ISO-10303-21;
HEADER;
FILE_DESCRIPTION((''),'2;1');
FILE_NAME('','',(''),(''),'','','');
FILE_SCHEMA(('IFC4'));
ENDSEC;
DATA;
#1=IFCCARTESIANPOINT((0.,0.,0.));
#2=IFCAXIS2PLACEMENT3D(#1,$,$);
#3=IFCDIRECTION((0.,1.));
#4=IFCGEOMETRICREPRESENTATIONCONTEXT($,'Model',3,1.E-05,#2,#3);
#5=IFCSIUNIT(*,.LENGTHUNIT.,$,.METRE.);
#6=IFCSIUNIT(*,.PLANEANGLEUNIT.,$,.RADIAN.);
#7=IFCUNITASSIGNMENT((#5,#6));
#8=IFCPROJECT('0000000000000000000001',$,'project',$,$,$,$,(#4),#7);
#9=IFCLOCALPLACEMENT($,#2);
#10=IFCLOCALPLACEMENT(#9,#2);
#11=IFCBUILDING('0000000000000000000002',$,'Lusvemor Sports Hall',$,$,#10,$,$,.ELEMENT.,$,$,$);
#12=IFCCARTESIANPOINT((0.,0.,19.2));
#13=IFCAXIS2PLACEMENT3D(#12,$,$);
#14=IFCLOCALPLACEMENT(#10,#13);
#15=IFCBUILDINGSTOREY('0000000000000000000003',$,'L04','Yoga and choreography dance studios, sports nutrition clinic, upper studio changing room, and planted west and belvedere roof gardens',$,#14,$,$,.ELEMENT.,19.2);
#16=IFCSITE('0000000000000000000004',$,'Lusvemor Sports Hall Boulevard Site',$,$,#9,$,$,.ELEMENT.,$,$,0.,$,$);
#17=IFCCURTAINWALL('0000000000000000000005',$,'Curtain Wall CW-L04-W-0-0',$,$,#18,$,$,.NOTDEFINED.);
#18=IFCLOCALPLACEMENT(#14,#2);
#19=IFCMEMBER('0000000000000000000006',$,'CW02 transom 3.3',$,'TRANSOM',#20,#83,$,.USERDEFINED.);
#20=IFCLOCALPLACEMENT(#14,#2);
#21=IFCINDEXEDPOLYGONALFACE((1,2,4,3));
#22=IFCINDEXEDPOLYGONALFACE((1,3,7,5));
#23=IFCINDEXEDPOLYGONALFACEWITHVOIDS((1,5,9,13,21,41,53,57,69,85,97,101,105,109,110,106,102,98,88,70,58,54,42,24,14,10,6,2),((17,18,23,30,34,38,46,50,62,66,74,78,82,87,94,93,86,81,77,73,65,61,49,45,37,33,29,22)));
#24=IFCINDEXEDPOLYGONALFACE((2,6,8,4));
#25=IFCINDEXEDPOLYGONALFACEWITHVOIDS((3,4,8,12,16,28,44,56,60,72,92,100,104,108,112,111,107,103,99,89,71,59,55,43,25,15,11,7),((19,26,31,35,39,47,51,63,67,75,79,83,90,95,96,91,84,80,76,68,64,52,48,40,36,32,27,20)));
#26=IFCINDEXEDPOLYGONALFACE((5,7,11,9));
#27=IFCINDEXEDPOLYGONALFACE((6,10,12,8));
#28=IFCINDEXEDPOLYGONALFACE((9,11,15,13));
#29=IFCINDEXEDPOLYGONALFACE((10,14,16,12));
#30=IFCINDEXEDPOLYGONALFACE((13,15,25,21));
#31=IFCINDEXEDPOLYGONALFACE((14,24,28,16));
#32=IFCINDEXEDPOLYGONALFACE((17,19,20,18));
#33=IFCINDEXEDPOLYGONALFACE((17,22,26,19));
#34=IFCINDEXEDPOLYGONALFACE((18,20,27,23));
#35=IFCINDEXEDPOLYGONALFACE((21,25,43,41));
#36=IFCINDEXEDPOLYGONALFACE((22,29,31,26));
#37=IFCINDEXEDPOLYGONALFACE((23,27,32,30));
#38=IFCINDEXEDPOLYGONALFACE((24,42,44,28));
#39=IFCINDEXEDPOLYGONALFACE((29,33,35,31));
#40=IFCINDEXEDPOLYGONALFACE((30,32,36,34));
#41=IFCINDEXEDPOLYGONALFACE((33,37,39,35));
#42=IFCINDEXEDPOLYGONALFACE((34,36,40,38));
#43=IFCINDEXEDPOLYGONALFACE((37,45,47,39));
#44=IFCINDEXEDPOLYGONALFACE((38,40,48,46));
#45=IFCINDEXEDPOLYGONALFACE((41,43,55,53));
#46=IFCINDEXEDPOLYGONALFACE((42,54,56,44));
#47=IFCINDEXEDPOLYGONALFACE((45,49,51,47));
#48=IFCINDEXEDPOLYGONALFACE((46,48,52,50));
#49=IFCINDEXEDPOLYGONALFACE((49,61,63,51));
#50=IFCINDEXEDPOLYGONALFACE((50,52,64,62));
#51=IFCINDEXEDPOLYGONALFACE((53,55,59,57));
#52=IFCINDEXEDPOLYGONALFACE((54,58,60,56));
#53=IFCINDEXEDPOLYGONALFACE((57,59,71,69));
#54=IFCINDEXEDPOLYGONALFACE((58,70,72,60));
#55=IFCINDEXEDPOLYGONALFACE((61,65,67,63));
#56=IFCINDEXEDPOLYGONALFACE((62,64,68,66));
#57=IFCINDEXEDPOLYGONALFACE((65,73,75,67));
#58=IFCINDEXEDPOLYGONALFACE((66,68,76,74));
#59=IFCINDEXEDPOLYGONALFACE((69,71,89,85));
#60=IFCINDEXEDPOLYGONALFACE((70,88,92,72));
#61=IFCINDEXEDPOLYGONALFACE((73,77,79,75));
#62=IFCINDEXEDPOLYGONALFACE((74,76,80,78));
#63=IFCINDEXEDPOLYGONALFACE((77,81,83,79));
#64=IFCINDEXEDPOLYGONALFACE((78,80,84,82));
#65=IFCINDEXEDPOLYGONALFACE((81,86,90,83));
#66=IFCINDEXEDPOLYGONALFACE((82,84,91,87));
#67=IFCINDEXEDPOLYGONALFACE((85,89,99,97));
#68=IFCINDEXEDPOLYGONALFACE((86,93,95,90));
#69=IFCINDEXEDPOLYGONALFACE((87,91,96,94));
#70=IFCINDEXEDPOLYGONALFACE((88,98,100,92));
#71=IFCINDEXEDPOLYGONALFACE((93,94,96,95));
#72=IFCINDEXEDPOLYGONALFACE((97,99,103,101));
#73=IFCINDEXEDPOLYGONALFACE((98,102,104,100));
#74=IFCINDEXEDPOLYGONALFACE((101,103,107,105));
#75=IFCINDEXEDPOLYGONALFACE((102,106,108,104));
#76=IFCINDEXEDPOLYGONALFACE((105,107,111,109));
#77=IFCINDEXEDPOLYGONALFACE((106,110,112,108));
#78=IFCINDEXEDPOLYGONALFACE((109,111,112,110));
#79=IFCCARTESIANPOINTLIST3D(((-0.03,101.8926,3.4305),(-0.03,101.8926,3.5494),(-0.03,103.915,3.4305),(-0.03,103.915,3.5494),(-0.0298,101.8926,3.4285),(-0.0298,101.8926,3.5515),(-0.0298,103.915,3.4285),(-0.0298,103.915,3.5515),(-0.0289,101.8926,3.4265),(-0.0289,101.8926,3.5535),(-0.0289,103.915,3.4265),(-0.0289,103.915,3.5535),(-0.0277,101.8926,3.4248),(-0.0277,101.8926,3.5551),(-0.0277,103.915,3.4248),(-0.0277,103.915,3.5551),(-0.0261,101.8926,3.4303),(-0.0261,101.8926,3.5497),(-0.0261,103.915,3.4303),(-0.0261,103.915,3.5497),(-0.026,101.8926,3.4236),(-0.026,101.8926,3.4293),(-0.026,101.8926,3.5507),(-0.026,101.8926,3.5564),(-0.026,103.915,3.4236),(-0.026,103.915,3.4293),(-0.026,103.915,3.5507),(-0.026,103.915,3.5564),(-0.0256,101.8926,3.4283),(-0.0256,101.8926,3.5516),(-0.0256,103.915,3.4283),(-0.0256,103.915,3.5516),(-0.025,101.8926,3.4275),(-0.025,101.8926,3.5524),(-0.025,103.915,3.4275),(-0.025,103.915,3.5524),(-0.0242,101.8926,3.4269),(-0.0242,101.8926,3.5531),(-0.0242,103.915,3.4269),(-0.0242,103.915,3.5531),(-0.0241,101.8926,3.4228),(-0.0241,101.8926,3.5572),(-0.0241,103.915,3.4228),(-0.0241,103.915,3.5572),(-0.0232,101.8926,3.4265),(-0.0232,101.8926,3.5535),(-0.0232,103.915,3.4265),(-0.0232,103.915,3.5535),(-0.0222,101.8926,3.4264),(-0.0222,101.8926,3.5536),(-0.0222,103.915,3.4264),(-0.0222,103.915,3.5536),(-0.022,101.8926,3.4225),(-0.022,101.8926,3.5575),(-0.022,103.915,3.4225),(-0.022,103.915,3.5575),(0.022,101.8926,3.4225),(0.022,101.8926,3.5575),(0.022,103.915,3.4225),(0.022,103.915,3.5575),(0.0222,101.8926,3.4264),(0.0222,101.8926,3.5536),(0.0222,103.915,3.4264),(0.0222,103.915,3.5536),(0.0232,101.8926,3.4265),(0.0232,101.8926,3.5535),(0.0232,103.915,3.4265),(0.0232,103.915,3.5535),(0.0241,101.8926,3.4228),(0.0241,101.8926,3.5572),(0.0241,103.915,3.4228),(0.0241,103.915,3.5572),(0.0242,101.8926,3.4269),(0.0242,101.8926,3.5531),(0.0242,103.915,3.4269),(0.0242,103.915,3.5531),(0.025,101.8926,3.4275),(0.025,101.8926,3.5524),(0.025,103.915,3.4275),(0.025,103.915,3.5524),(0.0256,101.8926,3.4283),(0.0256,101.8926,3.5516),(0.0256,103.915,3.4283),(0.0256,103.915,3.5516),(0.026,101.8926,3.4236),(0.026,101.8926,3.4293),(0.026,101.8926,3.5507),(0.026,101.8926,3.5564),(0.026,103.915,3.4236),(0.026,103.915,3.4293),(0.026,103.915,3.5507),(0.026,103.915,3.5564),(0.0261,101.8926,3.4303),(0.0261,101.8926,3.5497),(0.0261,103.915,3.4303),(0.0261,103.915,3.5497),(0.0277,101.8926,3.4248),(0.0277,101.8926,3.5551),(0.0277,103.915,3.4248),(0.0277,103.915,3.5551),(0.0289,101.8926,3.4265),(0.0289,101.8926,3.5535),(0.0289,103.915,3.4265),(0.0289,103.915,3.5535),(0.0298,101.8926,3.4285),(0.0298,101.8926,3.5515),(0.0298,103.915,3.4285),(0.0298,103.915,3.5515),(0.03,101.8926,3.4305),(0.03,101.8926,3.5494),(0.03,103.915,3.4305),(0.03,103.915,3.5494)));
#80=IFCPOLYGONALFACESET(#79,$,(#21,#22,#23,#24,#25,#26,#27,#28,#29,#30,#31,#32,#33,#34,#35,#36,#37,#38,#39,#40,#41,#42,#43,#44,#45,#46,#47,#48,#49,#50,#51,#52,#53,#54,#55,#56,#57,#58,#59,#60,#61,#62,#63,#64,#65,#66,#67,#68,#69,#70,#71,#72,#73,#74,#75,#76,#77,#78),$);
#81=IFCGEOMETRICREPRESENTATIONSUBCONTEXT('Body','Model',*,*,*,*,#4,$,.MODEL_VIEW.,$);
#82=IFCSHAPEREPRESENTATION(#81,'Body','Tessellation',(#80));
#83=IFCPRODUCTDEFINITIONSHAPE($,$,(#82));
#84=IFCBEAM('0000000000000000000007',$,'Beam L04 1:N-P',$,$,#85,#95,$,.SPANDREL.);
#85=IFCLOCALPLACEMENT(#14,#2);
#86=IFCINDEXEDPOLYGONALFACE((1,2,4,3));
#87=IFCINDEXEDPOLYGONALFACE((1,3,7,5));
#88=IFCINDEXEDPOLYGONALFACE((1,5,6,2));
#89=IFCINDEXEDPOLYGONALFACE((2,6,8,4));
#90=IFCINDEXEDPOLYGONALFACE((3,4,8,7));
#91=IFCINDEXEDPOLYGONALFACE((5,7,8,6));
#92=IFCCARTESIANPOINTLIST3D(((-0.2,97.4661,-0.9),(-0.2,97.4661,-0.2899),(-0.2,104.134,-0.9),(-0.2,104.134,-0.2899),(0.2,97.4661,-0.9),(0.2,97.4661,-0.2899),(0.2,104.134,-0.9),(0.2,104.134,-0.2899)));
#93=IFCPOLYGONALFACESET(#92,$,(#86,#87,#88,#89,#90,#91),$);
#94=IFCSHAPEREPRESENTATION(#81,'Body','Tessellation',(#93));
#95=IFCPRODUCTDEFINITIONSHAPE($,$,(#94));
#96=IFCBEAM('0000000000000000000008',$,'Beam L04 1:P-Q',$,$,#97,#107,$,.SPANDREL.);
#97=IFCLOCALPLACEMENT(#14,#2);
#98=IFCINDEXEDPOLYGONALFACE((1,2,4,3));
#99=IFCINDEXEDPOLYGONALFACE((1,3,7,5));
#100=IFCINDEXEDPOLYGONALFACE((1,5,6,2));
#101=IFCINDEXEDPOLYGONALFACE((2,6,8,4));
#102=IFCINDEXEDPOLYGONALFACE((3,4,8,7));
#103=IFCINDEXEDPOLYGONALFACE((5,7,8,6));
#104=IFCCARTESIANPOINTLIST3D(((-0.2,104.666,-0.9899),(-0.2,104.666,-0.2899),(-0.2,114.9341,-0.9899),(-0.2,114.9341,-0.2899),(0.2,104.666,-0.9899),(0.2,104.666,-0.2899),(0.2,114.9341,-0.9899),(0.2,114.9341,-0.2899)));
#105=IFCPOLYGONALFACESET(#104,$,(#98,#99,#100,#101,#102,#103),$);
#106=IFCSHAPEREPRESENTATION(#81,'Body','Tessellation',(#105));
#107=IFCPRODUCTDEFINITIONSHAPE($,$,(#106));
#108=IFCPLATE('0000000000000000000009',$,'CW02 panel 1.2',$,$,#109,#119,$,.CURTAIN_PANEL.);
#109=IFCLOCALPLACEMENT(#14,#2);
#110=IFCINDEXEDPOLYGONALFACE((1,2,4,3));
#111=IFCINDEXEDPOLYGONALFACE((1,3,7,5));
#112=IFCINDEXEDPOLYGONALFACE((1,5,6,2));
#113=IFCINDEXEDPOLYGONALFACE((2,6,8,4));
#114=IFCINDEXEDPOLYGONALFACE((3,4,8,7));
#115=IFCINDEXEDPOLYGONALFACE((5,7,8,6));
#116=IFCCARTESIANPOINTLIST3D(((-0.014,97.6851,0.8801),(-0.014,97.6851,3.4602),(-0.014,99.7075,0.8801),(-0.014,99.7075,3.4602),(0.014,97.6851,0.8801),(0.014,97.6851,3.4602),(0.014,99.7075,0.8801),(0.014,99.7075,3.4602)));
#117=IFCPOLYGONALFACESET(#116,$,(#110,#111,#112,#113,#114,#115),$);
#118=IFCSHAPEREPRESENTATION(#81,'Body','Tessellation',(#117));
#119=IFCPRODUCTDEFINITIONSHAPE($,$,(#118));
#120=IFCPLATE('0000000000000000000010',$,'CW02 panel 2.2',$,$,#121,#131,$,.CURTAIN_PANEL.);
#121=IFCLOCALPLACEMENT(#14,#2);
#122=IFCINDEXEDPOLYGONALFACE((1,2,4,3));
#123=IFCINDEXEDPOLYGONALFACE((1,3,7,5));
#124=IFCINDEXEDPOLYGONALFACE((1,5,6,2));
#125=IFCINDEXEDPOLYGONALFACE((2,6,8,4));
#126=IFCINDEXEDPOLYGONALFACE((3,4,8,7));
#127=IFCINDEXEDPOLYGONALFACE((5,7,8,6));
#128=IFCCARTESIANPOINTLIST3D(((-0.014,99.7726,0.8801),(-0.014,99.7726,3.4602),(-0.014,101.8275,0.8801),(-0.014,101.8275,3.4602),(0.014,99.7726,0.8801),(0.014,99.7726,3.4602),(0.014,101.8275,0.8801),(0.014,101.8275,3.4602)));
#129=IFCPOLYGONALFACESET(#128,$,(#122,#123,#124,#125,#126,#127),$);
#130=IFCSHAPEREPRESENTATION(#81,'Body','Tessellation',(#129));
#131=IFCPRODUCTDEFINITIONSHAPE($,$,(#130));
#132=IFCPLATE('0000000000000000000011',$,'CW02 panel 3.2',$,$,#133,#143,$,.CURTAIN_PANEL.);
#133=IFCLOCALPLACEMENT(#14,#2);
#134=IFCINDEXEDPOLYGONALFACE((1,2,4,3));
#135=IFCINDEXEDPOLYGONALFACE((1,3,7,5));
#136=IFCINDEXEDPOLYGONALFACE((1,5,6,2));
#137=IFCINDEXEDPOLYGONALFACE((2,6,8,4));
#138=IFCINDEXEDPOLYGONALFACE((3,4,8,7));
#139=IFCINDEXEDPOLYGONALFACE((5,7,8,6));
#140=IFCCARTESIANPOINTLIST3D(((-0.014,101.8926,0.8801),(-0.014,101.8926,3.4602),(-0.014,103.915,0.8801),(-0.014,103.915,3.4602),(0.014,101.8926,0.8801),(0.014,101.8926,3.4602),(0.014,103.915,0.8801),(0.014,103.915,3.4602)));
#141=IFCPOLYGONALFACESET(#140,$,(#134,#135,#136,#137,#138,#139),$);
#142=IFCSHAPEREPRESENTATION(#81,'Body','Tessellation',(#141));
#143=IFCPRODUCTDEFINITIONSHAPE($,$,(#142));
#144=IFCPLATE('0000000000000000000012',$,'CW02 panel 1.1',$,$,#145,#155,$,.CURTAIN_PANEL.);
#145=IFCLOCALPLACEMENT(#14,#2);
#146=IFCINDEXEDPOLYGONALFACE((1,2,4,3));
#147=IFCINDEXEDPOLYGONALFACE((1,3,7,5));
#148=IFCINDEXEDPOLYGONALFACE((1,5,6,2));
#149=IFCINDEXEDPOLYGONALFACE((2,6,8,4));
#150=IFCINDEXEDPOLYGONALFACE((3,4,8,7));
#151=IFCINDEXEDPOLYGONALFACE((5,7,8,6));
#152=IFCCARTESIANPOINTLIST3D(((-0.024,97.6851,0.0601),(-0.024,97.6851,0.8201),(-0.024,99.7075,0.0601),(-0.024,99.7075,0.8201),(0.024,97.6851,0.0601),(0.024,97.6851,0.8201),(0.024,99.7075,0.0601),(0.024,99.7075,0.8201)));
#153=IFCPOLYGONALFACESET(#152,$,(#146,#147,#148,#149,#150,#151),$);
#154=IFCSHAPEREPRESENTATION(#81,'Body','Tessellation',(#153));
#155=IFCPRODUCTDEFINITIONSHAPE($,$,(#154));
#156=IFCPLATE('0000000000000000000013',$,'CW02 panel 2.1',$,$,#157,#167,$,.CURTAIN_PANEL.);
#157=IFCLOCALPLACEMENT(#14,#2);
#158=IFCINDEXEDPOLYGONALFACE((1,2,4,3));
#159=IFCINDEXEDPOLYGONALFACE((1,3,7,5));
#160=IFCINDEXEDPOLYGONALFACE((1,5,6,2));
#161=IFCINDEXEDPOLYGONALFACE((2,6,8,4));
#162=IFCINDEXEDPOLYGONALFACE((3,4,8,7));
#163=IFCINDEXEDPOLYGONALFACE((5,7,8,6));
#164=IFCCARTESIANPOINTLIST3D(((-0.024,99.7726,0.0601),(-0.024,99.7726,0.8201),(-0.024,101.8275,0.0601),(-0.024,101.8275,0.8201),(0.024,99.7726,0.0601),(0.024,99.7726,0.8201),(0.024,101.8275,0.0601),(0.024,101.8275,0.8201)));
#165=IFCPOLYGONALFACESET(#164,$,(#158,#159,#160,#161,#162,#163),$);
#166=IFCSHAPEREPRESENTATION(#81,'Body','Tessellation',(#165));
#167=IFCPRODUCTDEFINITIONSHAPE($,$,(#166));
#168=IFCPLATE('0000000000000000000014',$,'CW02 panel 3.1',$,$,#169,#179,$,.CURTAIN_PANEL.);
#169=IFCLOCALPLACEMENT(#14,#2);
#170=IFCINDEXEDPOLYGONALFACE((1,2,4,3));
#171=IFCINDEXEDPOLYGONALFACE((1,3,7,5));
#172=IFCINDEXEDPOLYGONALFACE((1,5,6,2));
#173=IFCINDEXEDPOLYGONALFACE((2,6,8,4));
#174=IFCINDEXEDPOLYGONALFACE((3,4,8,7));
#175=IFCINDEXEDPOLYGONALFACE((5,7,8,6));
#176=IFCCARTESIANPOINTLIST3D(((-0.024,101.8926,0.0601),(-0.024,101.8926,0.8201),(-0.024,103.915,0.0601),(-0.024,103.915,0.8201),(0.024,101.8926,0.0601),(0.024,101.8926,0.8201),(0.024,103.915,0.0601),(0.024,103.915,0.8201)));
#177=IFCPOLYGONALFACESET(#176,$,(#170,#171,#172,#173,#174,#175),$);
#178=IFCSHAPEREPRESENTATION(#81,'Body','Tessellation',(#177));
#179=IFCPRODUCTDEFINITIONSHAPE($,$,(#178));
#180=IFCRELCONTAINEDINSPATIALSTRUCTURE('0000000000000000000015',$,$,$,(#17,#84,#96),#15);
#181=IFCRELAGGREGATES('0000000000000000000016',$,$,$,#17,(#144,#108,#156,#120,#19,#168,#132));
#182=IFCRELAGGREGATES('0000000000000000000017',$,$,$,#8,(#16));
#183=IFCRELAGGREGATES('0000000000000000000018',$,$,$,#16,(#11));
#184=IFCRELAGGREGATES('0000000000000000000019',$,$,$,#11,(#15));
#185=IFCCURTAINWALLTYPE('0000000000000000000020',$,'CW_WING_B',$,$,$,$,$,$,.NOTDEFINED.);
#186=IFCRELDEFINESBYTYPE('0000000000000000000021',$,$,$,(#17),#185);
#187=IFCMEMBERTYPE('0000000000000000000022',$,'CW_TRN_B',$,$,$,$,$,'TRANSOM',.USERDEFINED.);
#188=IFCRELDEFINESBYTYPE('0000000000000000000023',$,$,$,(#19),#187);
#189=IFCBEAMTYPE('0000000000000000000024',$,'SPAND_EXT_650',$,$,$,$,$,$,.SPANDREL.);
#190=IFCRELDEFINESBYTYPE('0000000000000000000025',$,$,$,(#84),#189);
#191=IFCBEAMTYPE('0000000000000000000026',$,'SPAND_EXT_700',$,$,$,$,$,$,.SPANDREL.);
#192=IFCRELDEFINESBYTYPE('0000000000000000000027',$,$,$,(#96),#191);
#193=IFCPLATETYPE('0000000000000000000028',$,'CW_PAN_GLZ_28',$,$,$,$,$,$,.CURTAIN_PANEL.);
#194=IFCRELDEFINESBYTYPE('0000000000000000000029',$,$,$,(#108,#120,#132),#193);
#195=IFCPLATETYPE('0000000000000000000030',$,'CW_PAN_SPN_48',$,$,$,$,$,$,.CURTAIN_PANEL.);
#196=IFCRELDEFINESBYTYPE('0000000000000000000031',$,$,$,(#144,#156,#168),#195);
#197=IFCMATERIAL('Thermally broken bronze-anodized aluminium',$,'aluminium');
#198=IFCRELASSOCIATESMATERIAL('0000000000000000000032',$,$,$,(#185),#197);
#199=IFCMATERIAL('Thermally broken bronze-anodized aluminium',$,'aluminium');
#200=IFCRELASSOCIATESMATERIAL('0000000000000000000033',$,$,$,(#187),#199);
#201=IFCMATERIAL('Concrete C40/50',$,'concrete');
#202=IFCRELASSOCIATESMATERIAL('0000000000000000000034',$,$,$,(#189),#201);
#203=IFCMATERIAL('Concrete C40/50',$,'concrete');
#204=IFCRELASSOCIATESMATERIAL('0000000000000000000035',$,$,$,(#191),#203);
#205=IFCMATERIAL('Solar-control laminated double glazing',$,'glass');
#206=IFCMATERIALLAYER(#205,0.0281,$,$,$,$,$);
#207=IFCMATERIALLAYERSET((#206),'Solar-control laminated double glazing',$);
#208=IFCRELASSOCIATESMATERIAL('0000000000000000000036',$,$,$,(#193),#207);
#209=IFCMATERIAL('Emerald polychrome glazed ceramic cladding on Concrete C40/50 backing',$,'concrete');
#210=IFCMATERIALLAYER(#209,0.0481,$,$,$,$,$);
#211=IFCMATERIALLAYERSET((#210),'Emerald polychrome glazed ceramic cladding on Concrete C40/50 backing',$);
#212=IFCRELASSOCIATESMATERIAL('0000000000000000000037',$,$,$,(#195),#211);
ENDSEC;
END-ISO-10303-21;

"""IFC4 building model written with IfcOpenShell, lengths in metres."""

from ifc_helpers import new_model, si_unit, direction, frame, origin, origin_2d, place, context, subcontext, project, spatial, rectangle, hollow_rectangle, extrude, material, layer, layer_set, material_profile, profile_set, type_object, element, aggregate, save


model = new_model("IFC4")

# Units and contexts
model_context = context("Model", 3, precision=1e-05, world=origin(), true_north=direction((0.0, 1.0)))
body_context = subcontext(model_context, "Body", "Model", "MODEL_VIEW")
ifc_project = project(units=[si_unit("LENGTHUNIT", "METRE"), si_unit("PLANEANGLEUNIT", "RADIAN")], contexts=[model_context])

# Site, building, storey
site_placement = place(None, origin())
site = spatial("IfcSite", under=ifc_project, at=site_placement, Name="Lusvemor Sports Hall Boulevard Site", CompositionType="ELEMENT", RefElevation=0.0)
building_placement = place(site_placement, origin())
building = spatial("IfcBuilding", under=site, at=building_placement, Name="Lusvemor Sports Hall", CompositionType="ELEMENT")
storey_placement = place(building_placement, frame((0.0, 0.0, 19.2)))
storey = spatial("IfcBuildingStorey", under=building, at=storey_placement, Name="L04", Description="Yoga and choreography dance studios, sports nutrition clinic, upper studio changing room, and planted west and belvedere roof gardens", CompositionType="ELEMENT", Elevation=19.2)

# Curtain wall, member
ifc_material_1 = material(Name="Thermally broken bronze-anodized aluminium", Category="aluminium")
curtain_wall_type = type_object("IfcCurtainWallType", Name="CW_WING_B", PredefinedType="NOTDEFINED", material=ifc_material_1)
curtain_wall_placement = place(storey_placement, origin())
curtain_wall = element("IfcCurtainWall", 1, at=curtain_wall_placement, inside=storey, type_object=curtain_wall_type, Name="Curtain Wall CW-L04-W-0-0", PredefinedType="NOTDEFINED")
ifc_material_2 = material(Name="Thermally broken bronze-anodized aluminium", Category="aluminium")
ifc_material_profile_1 = material_profile(ifc_material_2, hollow_rectangle(XDim=0.0601, YDim=0.135, WallThickness=0.0039, InnerFilletRadius=0.0039, OuterFilletRadius=0.0081, at=origin_2d()), Name="CWTRN135x60x4")
ifc_profile_set_1 = profile_set([ifc_material_profile_1], Name="Thermally broken bronze-anodized aluminium")
member_type_1 = type_object("IfcMemberType", Name="CW_TRN_B", ElementType="TRANSOM", PredefinedType="USERDEFINED", material=ifc_profile_set_1)
member_1_placement = place(storey_placement, frame((0.0, 101.8926, 3.49), z_axis=(0.0, 1.0, 0.0), x_axis=(-1.0, 0.0, 0.0)))
member_1 = element("IfcMember", 2, at=member_1_placement, type_object=member_type_1, Name="CW02 transom 3.3", ObjectType="TRANSOM", PredefinedType="USERDEFINED", context=body_context, shape_type="SweptSolid", body=[
    extrude(hollow_rectangle(XDim=0.0601, YDim=0.135, WallThickness=0.0039, InnerFilletRadius=0.0039, OuterFilletRadius=0.0081, at=origin_2d()), origin(), (0.0, 0.0, 1.0), 2.0225),
])

# Beams
ifc_material_3 = material(Name="Concrete C40/50", Category="concrete")
ifc_material_profile_2 = material_profile(ifc_material_3, rectangle(XDim=0.3999, YDim=0.6101, at=origin_2d()), Name="RC400x610")
ifc_profile_set_2 = profile_set([ifc_material_profile_2], Name="Concrete C40/50")
beam_type_1 = type_object("IfcBeamType", Name="SPAND_EXT_650", PredefinedType="SPANDREL", material=ifc_profile_set_2)
beam_1_placement = place(storey_placement, frame((0.0, 97.4661, -0.595), z_axis=(0.0, 1.0, 0.0), x_axis=(-1.0, 0.0, 0.0)))
element("IfcBeam", 3, at=beam_1_placement, inside=storey, type_object=beam_type_1, Name="Beam L04 1:N-P", PredefinedType="SPANDREL", context=body_context, shape_type="SweptSolid", body=[
    extrude(rectangle(XDim=0.3999, YDim=0.6101, at=origin_2d()), origin(), (0.0, 0.0, 1.0), 6.668),
])
ifc_material_4 = material(Name="Concrete C40/50", Category="concrete")
ifc_material_profile_3 = material_profile(ifc_material_4, rectangle(XDim=0.3999, YDim=0.7, at=origin_2d()), Name="RC400x700")
ifc_profile_set_3 = profile_set([ifc_material_profile_3], Name="Concrete C40/50")
beam_type_2 = type_object("IfcBeamType", Name="SPAND_EXT_700", PredefinedType="SPANDREL", material=ifc_profile_set_3)
beam_2_placement = place(storey_placement, frame((0.0, 104.666, -0.6399), z_axis=(0.0, 1.0, 0.0), x_axis=(-1.0, 0.0, 0.0)))
element("IfcBeam", 4, at=beam_2_placement, inside=storey, type_object=beam_type_2, Name="Beam L04 1:P-Q", PredefinedType="SPANDREL", context=body_context, shape_type="SweptSolid", body=[
    extrude(rectangle(XDim=0.3999, YDim=0.7, at=origin_2d()), origin(), (0.0, 0.0, 1.0), 10.2681),
])

# Plates
ifc_material_5 = material(Name="Solar-control laminated double glazing", Category="glass")
ifc_layer_1 = layer(ifc_material_5, 0.0281)
ifc_layer_set_1 = layer_set([ifc_layer_1], Name="Solar-control laminated double glazing")
plate_type_1 = type_object("IfcPlateType", Name="CW_PAN_GLZ_28", PredefinedType="CURTAIN_PANEL", material=ifc_layer_set_1)
plate_1_placement = place(storey_placement, frame((0.0, 98.6963, 0.8801), z_axis=(0.0, 0.0, 1.0), x_axis=(0.0, 1.0, 0.0)))
plate_1 = element("IfcPlate", 5, at=plate_1_placement, type_object=plate_type_1, Name="CW02 panel 1.2", PredefinedType="CURTAIN_PANEL", context=body_context, shape_type="SweptSolid", body=[
    extrude(rectangle(XDim=2.0225, YDim=0.0281, at=origin_2d()), origin(), (0.0, 0.0, 1.0), 2.5801),
])
plate_2_placement = place(storey_placement, frame((0.0, 100.8, 0.8801), z_axis=(0.0, 0.0, 1.0), x_axis=(0.0, 1.0, 0.0)))
plate_2 = element("IfcPlate", 6, at=plate_2_placement, type_object=plate_type_1, Name="CW02 panel 2.2", PredefinedType="CURTAIN_PANEL", context=body_context, shape_type="SweptSolid", body=[
    extrude(rectangle(XDim=2.0549, YDim=0.0281, at=origin_2d()), origin(), (0.0, 0.0, 1.0), 2.5801),
])
plate_3_placement = place(storey_placement, frame((0.0, 102.9038, 0.8801), z_axis=(0.0, 0.0, 1.0), x_axis=(0.0, 1.0, 0.0)))
plate_3 = element("IfcPlate", 7, at=plate_3_placement, type_object=plate_type_1, Name="CW02 panel 3.2", PredefinedType="CURTAIN_PANEL", context=body_context, shape_type="SweptSolid", body=[
    extrude(rectangle(XDim=2.0225, YDim=0.0281, at=origin_2d()), origin(), (0.0, 0.0, 1.0), 2.5801),
])
ifc_material_6 = material(Name="Emerald polychrome glazed ceramic cladding on Concrete C40/50 backing", Category="concrete")
ifc_layer_2 = layer(ifc_material_6, 0.0481)
ifc_layer_set_2 = layer_set([ifc_layer_2], Name="Emerald polychrome glazed ceramic cladding on Concrete C40/50 backing")
plate_type_2 = type_object("IfcPlateType", Name="CW_PAN_SPN_48", PredefinedType="CURTAIN_PANEL", material=ifc_layer_set_2)
plate_4_placement = place(storey_placement, frame((0.0, 98.6963, 0.0601), z_axis=(0.0, 0.0, 1.0), x_axis=(0.0, 1.0, 0.0)))
plate_4 = element("IfcPlate", 8, at=plate_4_placement, type_object=plate_type_2, Name="CW02 panel 1.1", PredefinedType="CURTAIN_PANEL", context=body_context, shape_type="SweptSolid", body=[
    extrude(rectangle(XDim=2.0225, YDim=0.0481, at=origin_2d()), origin(), (0.0, 0.0, 1.0), 0.76),
])
plate_5_placement = place(storey_placement, frame((0.0, 100.8, 0.0601), z_axis=(0.0, 0.0, 1.0), x_axis=(0.0, 1.0, 0.0)))
plate_5 = element("IfcPlate", 9, at=plate_5_placement, type_object=plate_type_2, Name="CW02 panel 2.1", PredefinedType="CURTAIN_PANEL", context=body_context, shape_type="SweptSolid", body=[
    extrude(rectangle(XDim=2.0549, YDim=0.0481, at=origin_2d()), origin(), (0.0, 0.0, 1.0), 0.76),
])
plate_6_placement = place(storey_placement, frame((0.0, 102.9038, 0.0601), z_axis=(0.0, 0.0, 1.0), x_axis=(0.0, 1.0, 0.0)))
plate_6 = element("IfcPlate", 10, at=plate_6_placement, type_object=plate_type_2, Name="CW02 panel 3.1", PredefinedType="CURTAIN_PANEL", context=body_context, shape_type="SweptSolid", body=[
    extrude(rectangle(XDim=2.0225, YDim=0.0481, at=origin_2d()), origin(), (0.0, 0.0, 1.0), 0.76),
])
aggregate(curtain_wall, [plate_4, plate_1, plate_5, plate_2, member_1, plate_6, plate_3])

save(model, "model.ifc")
